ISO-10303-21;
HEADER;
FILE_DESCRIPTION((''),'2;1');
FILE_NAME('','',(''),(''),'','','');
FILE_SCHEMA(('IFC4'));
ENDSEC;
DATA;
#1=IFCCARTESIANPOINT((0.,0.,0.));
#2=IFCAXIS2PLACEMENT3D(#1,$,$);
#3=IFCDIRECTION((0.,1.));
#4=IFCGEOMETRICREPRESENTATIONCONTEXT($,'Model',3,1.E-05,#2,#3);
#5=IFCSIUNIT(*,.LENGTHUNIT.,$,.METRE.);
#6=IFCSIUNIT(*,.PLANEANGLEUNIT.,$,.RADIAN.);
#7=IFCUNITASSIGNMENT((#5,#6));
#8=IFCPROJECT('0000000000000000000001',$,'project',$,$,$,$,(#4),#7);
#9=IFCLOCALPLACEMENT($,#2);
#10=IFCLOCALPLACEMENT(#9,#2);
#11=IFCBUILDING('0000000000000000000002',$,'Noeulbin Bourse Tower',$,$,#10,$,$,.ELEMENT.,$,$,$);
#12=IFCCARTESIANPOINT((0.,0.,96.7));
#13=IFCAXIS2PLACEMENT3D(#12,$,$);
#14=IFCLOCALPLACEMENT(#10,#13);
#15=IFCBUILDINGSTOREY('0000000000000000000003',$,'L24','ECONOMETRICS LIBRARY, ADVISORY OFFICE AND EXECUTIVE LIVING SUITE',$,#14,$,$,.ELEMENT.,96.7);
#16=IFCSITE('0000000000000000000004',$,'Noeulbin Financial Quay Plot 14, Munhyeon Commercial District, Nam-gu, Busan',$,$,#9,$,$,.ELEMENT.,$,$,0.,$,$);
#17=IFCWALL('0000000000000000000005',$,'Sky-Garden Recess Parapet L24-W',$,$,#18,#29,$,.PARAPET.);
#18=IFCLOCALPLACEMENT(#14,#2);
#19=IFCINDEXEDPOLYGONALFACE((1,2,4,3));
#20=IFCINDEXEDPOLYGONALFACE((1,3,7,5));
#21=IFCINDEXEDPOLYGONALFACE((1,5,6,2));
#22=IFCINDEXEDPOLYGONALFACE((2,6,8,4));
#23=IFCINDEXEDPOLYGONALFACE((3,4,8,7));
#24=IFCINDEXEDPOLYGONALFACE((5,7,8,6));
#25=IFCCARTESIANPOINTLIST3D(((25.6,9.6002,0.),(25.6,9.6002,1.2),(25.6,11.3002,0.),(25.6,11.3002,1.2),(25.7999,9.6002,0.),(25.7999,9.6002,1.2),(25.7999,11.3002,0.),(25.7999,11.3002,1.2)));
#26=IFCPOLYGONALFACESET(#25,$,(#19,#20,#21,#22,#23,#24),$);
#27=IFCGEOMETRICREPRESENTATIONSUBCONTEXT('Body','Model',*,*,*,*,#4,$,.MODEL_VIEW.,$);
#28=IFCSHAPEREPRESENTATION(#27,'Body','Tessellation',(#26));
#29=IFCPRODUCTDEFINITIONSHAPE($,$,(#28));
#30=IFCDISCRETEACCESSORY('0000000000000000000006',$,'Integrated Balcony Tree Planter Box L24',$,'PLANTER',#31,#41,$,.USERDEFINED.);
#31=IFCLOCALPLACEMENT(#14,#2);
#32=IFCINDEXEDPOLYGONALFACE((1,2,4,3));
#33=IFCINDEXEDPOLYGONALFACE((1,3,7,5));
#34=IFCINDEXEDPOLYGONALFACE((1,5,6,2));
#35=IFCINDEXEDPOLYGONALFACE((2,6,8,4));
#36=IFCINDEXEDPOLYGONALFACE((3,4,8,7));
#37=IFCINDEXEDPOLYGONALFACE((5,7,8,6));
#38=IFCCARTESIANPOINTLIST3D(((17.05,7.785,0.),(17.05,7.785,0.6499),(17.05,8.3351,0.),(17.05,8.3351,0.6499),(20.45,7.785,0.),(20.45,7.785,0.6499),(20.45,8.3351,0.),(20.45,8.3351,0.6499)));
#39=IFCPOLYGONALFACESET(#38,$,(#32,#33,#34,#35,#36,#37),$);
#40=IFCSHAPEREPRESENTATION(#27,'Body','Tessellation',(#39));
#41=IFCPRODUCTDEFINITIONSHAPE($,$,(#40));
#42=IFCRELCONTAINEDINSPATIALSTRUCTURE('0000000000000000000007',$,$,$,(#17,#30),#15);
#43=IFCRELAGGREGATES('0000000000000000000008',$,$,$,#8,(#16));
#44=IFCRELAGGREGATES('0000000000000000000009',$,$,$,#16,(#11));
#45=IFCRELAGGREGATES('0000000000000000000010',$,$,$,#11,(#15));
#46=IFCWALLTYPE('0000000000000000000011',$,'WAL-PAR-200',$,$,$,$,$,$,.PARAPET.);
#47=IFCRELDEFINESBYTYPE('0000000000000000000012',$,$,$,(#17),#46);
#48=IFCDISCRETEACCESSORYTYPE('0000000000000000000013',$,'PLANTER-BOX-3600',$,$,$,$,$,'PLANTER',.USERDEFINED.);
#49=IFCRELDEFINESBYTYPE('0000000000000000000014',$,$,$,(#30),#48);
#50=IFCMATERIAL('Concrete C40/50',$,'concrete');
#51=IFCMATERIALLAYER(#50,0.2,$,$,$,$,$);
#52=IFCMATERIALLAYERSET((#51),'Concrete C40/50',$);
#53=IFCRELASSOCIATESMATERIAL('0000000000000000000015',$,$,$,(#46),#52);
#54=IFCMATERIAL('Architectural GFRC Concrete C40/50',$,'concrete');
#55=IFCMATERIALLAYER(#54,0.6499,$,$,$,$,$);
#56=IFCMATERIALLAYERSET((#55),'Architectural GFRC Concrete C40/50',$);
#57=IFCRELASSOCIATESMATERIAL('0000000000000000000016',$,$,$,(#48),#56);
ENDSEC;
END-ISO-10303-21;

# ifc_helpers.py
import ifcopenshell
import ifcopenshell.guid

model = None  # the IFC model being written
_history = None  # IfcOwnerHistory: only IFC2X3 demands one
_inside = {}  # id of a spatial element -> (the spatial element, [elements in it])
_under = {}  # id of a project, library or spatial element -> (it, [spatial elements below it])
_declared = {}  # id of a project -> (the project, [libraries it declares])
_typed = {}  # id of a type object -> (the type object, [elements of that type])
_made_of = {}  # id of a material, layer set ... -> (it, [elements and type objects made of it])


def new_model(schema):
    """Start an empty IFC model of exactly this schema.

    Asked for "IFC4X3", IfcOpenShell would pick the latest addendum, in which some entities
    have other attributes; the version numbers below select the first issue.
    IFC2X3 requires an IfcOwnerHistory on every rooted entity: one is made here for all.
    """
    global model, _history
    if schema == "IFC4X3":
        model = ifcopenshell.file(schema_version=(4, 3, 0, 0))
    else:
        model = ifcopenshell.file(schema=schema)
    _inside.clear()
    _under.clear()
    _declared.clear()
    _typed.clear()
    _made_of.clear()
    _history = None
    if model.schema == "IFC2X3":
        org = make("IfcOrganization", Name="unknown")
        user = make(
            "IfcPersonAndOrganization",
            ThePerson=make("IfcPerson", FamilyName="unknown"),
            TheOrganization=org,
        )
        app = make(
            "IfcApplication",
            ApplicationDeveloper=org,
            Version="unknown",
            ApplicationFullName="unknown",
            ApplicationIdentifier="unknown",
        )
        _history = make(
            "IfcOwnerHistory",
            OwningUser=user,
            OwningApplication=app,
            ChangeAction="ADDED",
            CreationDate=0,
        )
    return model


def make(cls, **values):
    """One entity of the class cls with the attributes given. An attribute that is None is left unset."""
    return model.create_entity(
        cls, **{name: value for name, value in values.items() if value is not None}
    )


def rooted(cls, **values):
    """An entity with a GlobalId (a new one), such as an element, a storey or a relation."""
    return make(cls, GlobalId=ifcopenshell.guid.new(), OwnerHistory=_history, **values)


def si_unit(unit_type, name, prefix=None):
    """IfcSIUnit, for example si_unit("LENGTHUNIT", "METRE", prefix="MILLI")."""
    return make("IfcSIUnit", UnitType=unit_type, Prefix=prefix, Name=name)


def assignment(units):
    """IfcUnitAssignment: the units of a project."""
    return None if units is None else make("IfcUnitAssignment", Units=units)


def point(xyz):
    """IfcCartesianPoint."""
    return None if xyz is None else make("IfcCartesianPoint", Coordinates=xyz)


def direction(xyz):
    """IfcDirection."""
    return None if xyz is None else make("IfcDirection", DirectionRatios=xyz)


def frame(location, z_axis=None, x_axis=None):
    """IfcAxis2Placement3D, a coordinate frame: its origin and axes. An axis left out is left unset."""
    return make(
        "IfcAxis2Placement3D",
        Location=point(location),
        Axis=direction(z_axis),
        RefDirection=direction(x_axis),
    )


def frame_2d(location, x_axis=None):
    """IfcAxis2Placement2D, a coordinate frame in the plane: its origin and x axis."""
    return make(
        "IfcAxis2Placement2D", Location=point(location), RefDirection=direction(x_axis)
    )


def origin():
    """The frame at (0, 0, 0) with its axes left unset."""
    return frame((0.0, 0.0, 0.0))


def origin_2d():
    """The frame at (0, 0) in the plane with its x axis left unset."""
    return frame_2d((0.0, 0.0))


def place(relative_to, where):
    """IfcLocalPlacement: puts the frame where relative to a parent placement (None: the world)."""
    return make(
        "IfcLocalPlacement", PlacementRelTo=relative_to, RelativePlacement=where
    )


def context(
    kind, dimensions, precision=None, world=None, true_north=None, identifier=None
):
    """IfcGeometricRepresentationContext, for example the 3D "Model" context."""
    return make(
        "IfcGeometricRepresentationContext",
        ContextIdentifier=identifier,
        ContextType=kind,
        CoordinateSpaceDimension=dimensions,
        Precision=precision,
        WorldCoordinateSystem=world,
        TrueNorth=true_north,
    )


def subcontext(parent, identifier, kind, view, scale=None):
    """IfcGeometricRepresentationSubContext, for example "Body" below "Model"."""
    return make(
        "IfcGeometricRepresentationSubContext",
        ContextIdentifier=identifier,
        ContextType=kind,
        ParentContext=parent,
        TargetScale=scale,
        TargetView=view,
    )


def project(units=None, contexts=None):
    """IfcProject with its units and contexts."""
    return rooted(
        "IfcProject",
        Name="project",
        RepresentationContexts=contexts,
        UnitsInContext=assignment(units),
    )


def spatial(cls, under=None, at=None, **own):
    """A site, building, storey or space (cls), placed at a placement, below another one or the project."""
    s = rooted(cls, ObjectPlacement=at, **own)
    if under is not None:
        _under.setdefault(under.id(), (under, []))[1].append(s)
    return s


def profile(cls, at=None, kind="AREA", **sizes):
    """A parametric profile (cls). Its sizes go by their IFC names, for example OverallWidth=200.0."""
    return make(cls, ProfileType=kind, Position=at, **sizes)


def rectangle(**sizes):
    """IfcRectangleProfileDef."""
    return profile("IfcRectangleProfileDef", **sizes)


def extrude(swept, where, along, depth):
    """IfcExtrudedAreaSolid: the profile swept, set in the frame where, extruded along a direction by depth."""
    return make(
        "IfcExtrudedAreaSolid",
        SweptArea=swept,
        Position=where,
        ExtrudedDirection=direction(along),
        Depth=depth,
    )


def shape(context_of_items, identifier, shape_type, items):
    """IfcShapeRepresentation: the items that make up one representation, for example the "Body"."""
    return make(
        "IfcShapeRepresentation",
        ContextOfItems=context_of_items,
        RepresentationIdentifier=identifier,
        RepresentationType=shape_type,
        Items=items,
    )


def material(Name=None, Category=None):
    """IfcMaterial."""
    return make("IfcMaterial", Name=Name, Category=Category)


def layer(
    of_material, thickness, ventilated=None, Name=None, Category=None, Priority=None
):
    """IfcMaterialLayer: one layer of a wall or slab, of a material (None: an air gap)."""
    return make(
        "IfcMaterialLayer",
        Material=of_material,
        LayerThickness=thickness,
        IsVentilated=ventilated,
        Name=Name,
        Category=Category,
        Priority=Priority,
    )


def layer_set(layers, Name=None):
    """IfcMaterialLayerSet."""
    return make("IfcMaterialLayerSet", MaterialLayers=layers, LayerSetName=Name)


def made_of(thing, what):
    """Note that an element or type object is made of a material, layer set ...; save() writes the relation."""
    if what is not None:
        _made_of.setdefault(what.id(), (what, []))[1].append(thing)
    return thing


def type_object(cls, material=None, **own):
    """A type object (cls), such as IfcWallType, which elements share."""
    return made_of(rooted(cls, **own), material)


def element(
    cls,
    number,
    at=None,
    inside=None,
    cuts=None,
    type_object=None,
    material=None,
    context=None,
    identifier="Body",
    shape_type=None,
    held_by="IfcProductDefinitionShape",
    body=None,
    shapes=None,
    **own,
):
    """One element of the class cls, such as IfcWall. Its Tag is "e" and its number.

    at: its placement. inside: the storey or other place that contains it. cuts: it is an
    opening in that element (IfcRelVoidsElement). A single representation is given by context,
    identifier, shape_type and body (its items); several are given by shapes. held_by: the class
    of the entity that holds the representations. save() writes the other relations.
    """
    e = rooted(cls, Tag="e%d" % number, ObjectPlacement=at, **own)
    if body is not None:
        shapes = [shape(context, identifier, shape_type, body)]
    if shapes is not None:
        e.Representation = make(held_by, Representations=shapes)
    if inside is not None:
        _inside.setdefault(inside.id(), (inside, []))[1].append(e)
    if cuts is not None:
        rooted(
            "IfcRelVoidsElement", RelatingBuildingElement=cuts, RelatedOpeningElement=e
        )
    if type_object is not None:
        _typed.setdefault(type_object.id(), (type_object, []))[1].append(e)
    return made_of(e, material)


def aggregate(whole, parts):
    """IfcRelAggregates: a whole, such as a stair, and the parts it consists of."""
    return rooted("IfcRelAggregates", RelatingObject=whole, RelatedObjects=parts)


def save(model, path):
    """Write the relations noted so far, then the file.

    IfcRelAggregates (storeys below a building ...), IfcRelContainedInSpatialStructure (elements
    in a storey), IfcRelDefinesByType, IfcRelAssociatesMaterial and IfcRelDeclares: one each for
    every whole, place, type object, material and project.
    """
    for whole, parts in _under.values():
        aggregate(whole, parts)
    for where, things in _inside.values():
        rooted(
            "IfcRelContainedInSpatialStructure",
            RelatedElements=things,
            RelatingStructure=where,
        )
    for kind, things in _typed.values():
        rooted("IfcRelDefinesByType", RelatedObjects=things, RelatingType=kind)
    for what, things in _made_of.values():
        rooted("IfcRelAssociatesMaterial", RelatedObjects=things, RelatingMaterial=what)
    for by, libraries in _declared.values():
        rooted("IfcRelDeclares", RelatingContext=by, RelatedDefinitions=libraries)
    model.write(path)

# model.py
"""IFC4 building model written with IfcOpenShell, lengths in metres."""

from ifc_helpers import new_model, si_unit, direction, frame, frame_2d, origin, origin_2d, place, context, subcontext, project, spatial, rectangle, extrude, material, layer, layer_set, type_object, element, save


model = new_model("IFC4")

# Units and contexts
model_context = context("Model", 3, precision=1e-05, world=origin(), true_north=direction((0.0, 1.0)))
body_context = subcontext(model_context, "Body", "Model", "MODEL_VIEW")
ifc_project = project(units=[si_unit("LENGTHUNIT", "METRE"), si_unit("PLANEANGLEUNIT", "RADIAN")], contexts=[model_context])

# Site, building, storey
site_placement = place(None, origin())
site = spatial("IfcSite", under=ifc_project, at=site_placement, Name="Noeulbin Financial Quay Plot 14, Munhyeon Commercial District, Nam-gu, Busan", CompositionType="ELEMENT", RefElevation=0.0)
building_placement = place(site_placement, origin())
building = spatial("IfcBuilding", under=site, at=building_placement, Name="Noeulbin Bourse Tower", CompositionType="ELEMENT")
storey_placement = place(building_placement, frame((0.0, 0.0, 96.7)))
storey = spatial("IfcBuildingStorey", under=building, at=storey_placement, Name="L24", Description="ECONOMETRICS LIBRARY, ADVISORY OFFICE AND EXECUTIVE LIVING SUITE", CompositionType="ELEMENT", Elevation=96.7)

# Wall
ifc_material_1 = material(Name="Concrete C40/50", Category="concrete")
ifc_layer_1 = layer(ifc_material_1, 0.2)
ifc_layer_set_1 = layer_set([ifc_layer_1], Name="Concrete C40/50")
wall_type = type_object("IfcWallType", Name="WAL-PAR-200", PredefinedType="PARAPET", material=ifc_layer_set_1)
wall_1_placement = place(storey_placement, frame((25.7, 9.6001, 0.0), z_axis=(0.0, 0.0, 1.0), x_axis=(0.0, 1.0, 0.0)))
element("IfcWall", 1, at=wall_1_placement, inside=storey, type_object=wall_type, Name="Sky-Garden Recess Parapet L24-W", PredefinedType="PARAPET", context=body_context, shape_type="SweptSolid", body=[
    extrude(rectangle(XDim=1.7, YDim=0.2, at=frame_2d((0.8501, 0.0))), origin(), (0.0, 0.0, 1.0), 1.2),
])

# Discrete accessory
ifc_material_2 = material(Name="Architectural GFRC Concrete C40/50", Category="concrete")
ifc_layer_2 = layer(ifc_material_2, 0.6499)
ifc_layer_set_2 = layer_set([ifc_layer_2], Name="Architectural GFRC Concrete C40/50")
discrete_accessory_type = type_object("IfcDiscreteAccessoryType", Name="PLANTER-BOX-3600", ElementType="PLANTER", PredefinedType="USERDEFINED", material=ifc_layer_set_2)
discrete_accessory_placement = place(storey_placement, frame((18.75, 8.0601, 0.0), z_axis=(0.0, 0.0, 1.0), x_axis=(1.0, 0.0, 0.0)))
element("IfcDiscreteAccessory", 2, at=discrete_accessory_placement, inside=storey, type_object=discrete_accessory_type, Name="Integrated Balcony Tree Planter Box L24", ObjectType="PLANTER", PredefinedType="USERDEFINED", context=body_context, shape_type="SweptSolid", body=[
    extrude(rectangle(XDim=3.3999, YDim=0.55, at=origin_2d()), origin(), (0.0, 0.0, 1.0), 0.6499),
])

save(model, "model.ifc")
